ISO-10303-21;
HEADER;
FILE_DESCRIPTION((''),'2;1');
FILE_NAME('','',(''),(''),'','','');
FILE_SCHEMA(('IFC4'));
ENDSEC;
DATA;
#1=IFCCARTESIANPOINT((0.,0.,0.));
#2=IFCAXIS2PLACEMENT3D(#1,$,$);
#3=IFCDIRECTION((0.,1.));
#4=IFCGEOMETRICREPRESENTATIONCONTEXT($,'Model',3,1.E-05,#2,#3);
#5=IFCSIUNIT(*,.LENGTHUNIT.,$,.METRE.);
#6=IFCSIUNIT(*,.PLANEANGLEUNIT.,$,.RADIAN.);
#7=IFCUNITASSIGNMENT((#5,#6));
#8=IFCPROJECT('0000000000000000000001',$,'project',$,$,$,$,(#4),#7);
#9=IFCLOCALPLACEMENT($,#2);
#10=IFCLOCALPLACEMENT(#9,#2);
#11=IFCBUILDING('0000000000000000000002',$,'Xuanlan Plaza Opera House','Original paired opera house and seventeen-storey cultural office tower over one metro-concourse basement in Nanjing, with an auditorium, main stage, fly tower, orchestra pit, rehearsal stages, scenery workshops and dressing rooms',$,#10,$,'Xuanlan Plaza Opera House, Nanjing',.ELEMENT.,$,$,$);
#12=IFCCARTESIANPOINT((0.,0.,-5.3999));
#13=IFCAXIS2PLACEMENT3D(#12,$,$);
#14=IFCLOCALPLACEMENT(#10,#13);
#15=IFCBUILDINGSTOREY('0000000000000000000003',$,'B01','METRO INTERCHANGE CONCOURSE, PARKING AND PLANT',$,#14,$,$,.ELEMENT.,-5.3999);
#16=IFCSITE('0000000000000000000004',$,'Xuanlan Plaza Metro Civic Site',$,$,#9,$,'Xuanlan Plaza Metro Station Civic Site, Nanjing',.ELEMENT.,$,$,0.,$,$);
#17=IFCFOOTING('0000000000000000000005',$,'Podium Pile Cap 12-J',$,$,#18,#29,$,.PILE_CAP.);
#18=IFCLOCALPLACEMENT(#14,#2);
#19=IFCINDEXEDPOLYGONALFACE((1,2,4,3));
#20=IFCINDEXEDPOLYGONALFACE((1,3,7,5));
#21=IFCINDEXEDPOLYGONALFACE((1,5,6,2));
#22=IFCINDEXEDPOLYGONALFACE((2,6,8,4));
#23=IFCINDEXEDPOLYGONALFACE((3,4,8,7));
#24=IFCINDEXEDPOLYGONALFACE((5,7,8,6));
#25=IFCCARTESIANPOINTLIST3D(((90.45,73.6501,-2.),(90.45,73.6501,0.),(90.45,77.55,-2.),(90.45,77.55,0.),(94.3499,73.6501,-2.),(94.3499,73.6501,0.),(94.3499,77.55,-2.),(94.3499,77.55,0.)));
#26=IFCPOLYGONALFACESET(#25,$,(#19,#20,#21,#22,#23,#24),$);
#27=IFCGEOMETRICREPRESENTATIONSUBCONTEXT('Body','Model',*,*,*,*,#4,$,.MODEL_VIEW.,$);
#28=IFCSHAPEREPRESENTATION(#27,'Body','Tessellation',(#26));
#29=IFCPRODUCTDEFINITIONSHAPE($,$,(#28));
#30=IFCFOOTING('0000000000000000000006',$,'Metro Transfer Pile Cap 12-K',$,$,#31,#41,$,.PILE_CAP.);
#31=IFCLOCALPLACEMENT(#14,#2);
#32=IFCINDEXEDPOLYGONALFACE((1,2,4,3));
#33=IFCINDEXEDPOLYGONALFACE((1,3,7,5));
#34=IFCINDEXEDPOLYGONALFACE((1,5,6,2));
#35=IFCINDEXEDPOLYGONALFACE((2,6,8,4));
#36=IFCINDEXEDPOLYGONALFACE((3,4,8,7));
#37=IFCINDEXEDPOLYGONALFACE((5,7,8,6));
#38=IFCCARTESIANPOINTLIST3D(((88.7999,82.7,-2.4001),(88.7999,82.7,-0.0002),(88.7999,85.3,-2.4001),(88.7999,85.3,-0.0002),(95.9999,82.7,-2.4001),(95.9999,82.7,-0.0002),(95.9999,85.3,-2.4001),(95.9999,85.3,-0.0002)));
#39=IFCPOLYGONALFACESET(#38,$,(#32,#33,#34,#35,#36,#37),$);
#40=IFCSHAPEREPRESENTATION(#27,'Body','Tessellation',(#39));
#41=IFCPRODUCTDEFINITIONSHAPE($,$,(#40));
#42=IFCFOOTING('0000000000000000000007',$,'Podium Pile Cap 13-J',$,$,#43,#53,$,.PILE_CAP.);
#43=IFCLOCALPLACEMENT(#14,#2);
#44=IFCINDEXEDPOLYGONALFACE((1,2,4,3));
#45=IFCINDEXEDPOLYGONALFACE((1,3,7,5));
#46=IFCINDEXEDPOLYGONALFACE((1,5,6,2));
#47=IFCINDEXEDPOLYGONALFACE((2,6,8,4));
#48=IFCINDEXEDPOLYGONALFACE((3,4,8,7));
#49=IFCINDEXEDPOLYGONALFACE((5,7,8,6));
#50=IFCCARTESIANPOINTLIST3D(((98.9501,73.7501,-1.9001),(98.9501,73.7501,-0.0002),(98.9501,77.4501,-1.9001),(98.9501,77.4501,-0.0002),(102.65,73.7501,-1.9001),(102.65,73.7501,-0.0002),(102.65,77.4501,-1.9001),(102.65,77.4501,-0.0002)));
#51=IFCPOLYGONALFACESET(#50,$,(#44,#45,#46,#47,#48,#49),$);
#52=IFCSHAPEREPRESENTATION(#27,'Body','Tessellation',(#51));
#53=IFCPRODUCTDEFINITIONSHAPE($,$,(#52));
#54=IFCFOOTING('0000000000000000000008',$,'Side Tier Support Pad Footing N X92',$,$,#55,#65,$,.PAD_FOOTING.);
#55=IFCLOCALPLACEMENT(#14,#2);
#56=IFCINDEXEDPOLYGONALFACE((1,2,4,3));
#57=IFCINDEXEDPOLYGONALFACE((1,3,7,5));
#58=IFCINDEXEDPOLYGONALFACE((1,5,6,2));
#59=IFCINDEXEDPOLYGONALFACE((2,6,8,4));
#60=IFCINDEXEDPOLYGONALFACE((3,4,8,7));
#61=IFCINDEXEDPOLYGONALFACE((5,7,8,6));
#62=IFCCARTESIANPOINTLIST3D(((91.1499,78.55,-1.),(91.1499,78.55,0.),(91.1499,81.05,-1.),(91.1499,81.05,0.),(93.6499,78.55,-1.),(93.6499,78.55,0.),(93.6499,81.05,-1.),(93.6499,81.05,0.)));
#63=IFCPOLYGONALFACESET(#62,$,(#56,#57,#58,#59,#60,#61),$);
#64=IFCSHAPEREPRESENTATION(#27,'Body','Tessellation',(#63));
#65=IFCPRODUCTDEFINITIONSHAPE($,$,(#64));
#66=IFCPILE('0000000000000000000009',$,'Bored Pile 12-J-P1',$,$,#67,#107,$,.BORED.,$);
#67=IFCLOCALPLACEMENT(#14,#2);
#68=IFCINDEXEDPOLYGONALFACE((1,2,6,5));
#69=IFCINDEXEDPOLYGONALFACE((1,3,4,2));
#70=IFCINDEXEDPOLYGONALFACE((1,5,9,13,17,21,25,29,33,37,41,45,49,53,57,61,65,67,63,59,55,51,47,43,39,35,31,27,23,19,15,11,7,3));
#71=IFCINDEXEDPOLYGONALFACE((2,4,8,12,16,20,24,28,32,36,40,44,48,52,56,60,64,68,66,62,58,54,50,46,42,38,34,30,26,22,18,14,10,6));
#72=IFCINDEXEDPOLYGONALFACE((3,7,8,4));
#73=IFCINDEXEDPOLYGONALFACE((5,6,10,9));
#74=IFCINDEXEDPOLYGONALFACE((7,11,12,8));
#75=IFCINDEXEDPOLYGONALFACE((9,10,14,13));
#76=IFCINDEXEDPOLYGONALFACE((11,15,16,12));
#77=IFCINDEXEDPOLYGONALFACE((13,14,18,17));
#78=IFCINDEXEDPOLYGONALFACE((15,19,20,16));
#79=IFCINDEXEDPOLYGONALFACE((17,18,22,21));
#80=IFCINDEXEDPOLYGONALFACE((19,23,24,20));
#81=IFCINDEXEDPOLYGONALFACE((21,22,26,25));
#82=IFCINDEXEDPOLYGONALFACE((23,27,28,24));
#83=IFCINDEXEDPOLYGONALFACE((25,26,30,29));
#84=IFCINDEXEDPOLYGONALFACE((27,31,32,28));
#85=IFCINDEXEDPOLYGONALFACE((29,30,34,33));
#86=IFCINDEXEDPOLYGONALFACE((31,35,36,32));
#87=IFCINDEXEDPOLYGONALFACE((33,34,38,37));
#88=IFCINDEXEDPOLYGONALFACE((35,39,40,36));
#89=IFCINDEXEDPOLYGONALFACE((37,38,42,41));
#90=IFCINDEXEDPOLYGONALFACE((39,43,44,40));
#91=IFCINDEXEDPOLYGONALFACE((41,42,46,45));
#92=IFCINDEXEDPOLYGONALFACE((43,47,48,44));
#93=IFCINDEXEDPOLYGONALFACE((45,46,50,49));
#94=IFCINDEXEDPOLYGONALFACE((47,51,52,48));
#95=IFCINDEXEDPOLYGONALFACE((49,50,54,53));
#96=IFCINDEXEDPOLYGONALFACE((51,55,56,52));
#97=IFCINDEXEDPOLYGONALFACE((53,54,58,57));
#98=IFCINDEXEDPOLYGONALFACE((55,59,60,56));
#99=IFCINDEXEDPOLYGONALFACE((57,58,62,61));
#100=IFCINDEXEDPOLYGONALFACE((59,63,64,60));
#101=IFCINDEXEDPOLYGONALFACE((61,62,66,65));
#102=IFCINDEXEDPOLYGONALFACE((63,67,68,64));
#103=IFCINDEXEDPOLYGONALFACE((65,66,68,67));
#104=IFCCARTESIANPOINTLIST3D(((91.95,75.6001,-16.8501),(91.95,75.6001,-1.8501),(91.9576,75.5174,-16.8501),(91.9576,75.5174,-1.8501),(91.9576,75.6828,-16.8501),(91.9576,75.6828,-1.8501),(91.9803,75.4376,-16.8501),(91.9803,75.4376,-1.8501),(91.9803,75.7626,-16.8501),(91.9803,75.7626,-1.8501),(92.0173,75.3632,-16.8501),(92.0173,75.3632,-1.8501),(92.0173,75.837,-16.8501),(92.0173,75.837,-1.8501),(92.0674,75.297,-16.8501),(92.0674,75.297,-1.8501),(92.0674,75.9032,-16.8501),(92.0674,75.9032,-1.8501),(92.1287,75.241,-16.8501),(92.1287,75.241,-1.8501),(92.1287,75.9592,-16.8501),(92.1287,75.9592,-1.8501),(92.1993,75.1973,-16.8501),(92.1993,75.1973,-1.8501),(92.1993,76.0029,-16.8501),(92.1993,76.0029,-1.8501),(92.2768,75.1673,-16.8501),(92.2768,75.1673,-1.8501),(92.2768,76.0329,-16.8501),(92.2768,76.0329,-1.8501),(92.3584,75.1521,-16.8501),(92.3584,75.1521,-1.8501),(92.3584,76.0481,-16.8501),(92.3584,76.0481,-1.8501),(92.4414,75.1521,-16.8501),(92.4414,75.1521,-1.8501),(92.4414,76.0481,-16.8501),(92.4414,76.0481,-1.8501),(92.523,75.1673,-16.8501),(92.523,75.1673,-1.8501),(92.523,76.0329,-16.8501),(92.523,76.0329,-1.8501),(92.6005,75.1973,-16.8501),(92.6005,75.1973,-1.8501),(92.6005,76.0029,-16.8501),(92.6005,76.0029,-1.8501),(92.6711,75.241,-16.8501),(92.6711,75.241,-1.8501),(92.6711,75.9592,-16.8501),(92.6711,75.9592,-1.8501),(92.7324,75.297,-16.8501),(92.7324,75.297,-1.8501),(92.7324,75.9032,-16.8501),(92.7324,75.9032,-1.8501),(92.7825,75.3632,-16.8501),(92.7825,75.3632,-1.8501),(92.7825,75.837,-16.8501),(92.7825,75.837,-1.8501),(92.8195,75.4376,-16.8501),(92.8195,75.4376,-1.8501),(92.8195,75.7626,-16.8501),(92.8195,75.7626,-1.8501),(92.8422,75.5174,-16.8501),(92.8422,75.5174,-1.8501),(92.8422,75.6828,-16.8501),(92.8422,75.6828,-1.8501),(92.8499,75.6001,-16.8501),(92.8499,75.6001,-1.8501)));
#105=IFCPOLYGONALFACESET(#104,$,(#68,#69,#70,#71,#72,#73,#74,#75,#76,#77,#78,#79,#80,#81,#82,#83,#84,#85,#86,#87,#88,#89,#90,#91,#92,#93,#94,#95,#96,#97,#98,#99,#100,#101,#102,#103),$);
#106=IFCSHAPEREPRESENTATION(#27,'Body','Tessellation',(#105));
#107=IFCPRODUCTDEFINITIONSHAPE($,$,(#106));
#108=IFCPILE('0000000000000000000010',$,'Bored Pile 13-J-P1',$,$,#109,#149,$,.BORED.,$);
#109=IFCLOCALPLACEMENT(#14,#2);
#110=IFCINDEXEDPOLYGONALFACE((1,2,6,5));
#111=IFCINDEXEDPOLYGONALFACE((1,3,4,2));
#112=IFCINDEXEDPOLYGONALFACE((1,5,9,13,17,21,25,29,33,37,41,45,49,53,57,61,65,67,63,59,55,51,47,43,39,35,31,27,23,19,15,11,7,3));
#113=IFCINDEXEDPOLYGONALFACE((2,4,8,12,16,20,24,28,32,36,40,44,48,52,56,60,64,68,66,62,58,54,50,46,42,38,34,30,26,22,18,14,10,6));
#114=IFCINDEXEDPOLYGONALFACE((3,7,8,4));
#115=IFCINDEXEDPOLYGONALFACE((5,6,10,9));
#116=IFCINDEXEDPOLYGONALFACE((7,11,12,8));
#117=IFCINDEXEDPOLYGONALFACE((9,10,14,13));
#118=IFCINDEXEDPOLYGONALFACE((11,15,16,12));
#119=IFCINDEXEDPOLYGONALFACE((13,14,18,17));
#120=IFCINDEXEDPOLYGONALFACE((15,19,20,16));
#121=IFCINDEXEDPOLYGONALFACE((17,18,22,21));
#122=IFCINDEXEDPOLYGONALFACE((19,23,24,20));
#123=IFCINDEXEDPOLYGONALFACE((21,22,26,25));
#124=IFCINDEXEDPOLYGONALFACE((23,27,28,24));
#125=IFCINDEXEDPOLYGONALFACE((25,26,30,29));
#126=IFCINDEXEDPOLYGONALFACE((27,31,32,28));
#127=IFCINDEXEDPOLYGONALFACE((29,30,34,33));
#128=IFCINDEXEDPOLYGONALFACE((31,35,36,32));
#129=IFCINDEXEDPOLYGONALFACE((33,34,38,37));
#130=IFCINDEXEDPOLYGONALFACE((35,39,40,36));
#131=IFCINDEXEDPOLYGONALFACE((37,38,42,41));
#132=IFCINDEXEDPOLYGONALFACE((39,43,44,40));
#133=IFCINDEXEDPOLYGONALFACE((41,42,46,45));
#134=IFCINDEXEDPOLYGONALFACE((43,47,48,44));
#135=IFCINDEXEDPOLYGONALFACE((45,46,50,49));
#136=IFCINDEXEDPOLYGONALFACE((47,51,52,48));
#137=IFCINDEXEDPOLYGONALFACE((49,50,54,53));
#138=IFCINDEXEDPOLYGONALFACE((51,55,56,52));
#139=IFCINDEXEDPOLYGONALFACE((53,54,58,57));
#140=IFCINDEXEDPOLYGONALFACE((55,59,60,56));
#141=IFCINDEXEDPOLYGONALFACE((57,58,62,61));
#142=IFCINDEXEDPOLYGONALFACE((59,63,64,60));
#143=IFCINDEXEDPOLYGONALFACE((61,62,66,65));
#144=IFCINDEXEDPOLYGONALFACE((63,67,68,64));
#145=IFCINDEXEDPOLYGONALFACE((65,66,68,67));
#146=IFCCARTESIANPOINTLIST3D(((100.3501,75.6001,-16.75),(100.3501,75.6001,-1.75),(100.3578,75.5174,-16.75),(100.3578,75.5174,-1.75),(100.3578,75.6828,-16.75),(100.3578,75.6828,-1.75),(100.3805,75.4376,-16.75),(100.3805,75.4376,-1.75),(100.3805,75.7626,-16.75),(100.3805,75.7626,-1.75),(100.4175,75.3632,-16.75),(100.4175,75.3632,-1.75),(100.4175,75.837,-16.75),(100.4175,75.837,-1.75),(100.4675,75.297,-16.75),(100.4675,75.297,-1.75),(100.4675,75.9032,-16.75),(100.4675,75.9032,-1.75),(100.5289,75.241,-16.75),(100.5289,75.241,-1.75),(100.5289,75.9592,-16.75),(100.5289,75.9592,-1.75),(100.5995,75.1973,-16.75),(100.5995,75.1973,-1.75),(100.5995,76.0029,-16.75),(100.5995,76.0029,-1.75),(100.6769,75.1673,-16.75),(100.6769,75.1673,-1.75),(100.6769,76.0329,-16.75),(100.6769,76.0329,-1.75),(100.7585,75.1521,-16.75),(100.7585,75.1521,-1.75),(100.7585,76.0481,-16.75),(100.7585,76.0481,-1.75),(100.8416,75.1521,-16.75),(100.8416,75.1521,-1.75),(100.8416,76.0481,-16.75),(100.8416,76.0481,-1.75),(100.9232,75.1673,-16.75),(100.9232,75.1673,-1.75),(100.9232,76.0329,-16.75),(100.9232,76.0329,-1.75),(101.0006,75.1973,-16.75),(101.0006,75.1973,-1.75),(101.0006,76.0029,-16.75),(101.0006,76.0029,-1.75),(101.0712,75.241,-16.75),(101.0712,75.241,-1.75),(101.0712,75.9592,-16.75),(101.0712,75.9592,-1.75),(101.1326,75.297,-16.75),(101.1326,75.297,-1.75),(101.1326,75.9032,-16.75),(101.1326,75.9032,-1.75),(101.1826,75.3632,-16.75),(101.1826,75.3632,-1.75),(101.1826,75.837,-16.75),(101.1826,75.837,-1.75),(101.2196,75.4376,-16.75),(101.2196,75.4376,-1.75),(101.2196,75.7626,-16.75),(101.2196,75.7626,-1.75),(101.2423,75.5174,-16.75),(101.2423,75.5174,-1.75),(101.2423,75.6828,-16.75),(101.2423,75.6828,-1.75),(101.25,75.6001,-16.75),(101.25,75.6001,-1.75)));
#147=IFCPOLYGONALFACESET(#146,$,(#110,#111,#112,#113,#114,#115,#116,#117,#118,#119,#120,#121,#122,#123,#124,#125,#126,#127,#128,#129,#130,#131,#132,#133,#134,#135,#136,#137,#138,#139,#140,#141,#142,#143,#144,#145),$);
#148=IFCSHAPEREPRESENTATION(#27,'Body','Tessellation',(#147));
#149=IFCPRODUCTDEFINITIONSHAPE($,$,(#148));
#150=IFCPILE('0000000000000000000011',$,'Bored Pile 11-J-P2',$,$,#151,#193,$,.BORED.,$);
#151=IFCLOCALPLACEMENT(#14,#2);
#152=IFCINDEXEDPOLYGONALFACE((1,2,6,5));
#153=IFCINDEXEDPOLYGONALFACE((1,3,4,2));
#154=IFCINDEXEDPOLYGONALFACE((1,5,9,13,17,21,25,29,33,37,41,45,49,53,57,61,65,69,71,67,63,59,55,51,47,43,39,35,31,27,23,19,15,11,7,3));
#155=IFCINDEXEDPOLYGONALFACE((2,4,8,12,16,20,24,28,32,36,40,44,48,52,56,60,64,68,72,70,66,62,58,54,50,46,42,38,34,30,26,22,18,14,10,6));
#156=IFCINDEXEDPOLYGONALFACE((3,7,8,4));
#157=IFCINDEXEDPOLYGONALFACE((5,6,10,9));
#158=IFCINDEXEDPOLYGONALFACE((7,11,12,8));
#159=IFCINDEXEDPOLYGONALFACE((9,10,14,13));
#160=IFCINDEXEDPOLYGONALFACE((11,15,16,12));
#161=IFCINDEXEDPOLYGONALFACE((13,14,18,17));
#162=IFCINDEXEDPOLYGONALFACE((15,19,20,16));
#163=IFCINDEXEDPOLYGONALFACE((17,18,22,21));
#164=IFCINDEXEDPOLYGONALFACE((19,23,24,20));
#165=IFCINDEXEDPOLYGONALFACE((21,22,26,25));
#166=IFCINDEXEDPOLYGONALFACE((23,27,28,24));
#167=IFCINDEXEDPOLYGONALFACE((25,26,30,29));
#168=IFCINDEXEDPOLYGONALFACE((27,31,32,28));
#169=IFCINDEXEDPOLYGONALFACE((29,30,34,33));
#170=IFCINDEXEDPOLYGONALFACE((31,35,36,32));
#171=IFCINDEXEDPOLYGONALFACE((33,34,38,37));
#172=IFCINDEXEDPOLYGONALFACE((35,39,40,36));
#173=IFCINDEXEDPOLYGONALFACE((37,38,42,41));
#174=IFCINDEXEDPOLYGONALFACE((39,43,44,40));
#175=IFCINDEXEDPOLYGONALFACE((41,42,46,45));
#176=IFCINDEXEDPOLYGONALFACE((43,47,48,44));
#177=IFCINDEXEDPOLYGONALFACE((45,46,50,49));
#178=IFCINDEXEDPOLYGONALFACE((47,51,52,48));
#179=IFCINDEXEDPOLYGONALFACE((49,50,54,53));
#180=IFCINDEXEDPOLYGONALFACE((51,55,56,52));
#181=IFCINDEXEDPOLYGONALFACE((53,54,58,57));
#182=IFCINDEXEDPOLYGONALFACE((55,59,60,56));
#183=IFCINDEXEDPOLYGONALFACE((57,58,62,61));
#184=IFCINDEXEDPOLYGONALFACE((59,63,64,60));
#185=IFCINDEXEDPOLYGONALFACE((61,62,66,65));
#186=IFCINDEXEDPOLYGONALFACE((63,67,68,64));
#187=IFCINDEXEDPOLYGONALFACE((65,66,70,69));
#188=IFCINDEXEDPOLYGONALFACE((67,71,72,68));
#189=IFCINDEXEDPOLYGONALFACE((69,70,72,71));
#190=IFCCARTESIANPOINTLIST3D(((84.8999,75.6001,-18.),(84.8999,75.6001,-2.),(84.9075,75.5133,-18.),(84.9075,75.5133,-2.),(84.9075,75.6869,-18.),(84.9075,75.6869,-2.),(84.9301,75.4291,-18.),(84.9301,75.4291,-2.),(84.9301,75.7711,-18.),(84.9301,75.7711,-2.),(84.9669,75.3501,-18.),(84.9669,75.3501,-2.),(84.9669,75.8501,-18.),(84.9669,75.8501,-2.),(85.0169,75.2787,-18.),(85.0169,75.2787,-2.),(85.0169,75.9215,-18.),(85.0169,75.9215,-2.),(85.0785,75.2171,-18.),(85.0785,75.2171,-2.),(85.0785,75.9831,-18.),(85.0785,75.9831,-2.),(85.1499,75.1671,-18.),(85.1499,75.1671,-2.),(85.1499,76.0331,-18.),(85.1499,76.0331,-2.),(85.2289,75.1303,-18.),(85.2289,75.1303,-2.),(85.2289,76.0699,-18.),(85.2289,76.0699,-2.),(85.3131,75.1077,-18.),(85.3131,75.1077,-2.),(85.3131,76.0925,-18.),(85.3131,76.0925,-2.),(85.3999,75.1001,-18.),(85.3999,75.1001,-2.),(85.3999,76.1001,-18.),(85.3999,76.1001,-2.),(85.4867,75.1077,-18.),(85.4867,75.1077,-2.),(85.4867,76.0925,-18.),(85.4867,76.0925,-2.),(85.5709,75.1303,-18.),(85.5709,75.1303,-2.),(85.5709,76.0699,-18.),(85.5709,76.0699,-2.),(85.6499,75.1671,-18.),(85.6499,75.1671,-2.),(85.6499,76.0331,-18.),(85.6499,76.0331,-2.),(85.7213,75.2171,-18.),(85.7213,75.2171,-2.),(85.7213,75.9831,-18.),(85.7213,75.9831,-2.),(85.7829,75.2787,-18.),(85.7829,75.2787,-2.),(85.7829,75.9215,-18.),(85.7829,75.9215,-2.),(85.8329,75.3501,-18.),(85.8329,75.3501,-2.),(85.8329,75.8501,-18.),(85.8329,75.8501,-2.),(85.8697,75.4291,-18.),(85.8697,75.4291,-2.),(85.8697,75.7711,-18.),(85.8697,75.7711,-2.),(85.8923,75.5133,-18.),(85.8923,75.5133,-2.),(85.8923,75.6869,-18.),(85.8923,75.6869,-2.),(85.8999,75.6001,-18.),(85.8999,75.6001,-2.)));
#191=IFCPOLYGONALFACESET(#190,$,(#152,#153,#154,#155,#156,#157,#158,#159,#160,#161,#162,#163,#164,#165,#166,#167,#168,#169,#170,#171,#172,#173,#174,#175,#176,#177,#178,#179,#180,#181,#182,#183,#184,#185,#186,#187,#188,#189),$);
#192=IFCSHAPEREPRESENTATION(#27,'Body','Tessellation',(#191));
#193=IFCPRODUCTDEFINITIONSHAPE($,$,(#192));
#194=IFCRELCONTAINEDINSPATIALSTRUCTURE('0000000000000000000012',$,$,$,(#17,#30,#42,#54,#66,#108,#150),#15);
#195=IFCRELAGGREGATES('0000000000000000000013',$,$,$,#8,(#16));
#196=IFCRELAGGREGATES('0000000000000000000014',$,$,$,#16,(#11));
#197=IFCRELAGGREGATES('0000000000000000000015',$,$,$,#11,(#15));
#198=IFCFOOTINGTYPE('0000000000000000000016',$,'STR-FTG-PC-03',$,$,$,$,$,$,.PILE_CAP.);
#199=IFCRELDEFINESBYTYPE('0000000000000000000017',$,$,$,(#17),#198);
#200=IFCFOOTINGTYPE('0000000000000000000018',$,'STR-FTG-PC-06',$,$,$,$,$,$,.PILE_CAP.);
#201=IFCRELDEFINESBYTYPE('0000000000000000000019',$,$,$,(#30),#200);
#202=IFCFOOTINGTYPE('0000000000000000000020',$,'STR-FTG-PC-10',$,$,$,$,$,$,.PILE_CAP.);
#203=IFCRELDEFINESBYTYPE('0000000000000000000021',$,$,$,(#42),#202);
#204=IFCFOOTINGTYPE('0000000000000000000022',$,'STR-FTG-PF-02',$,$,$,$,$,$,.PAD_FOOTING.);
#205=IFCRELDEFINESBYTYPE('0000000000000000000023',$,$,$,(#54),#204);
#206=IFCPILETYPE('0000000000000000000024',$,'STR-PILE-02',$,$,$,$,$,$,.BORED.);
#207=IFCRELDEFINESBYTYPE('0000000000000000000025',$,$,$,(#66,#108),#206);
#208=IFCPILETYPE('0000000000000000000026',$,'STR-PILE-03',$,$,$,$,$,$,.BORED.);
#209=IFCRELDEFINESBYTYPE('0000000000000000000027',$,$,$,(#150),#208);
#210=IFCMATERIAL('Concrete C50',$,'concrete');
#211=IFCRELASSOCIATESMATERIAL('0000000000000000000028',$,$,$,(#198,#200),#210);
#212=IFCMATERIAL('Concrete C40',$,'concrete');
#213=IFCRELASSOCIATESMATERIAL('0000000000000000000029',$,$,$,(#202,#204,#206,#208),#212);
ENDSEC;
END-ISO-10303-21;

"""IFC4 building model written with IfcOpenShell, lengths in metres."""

from ifc_helpers import new_model, si_unit, direction, frame, origin, origin_2d, place, context, subcontext, project, spatial, rectangle, circle, extrude, material, material_profile, profile_set, type_object, element, save


model = new_model("IFC4")

# Units and contexts
model_context = context("Model", 3, precision=1e-05, world=origin(), true_north=direction((0.0, 1.0)))
body_context = subcontext(model_context, "Body", "Model", "MODEL_VIEW")
ifc_project = project(units=[si_unit("LENGTHUNIT", "METRE"), si_unit("PLANEANGLEUNIT", "RADIAN")], contexts=[model_context])

# Site, building, storey
site_placement = place(None, origin())
site = spatial("IfcSite", under=ifc_project, at=site_placement, Name="Xuanlan Plaza Metro Civic Site", LongName="Xuanlan Plaza Metro Station Civic Site, Nanjing", CompositionType="ELEMENT", RefElevation=0.0)
building_placement = place(site_placement, origin())
building = spatial("IfcBuilding", under=site, at=building_placement, Name="Xuanlan Plaza Opera House", Description="Original paired opera house and seventeen-storey cultural office tower over one metro-concourse basement in Nanjing, with an auditorium, main stage, fly tower, orchestra pit, rehearsal stages, scenery workshops and dressing rooms", LongName="Xuanlan Plaza Opera House, Nanjing", CompositionType="ELEMENT")
storey_placement = place(building_placement, frame((0.0, 0.0, -5.3999)))
storey = spatial("IfcBuildingStorey", under=building, at=storey_placement, Name="B01", Description="METRO INTERCHANGE CONCOURSE, PARKING AND PLANT", CompositionType="ELEMENT", Elevation=-5.3999)

# Footings
ifc_material_1 = material(Name="Concrete C50", Category="concrete")
footing_type_1 = type_object("IfcFootingType", Name="STR-FTG-PC-03", PredefinedType="PILE_CAP", material=ifc_material_1)
footing_1_placement = place(storey_placement, frame((92.3999, 75.6001, -2.0), z_axis=(0.0, 0.0, 1.0), x_axis=(1.0, 0.0, 0.0)))
element("IfcFooting", 1, at=footing_1_placement, inside=storey, type_object=footing_type_1, Name="Podium Pile Cap 12-J", PredefinedType="PILE_CAP", context=body_context, shape_type="SweptSolid", body=[
    extrude(rectangle(XDim=3.8999, YDim=3.8999, at=origin_2d()), origin(), (0.0, 0.0, 1.0), 2.0),
])
footing_type_2 = type_object("IfcFootingType", Name="STR-FTG-PC-06", PredefinedType="PILE_CAP", material=ifc_material_1)
footing_2_placement = place(storey_placement, frame((92.3999, 84.0, -2.4001), z_axis=(0.0, 0.0, 1.0), x_axis=(1.0, 0.0, 0.0)))
element("IfcFooting", 2, at=footing_2_placement, inside=storey, type_object=footing_type_2, Name="Metro Transfer Pile Cap 12-K", PredefinedType="PILE_CAP", context=body_context, shape_type="SweptSolid", body=[
    extrude(rectangle(XDim=7.2, YDim=2.6001, at=origin_2d()), origin(), (0.0, 0.0, 1.0), 2.3999),
])
ifc_material_2 = material(Name="Concrete C40", Category="concrete")
footing_type_3 = type_object("IfcFootingType", Name="STR-FTG-PC-10", PredefinedType="PILE_CAP", material=ifc_material_2)
footing_3_placement = place(storey_placement, frame((100.8, 75.6001, -1.9001), z_axis=(0.0, 0.0, 1.0), x_axis=(1.0, 0.0, 0.0)))
element("IfcFooting", 3, at=footing_3_placement, inside=storey, type_object=footing_type_3, Name="Podium Pile Cap 13-J", PredefinedType="PILE_CAP", context=body_context, shape_type="SweptSolid", body=[
    extrude(rectangle(XDim=3.7, YDim=3.7, at=origin_2d()), origin(), (0.0, 0.0, 1.0), 1.8999),
])
footing_type_4 = type_object("IfcFootingType", Name="STR-FTG-PF-02", PredefinedType="PAD_FOOTING", material=ifc_material_2)
footing_4_placement = place(storey_placement, frame((92.3999, 79.8, -1.0), z_axis=(0.0, 0.0, 1.0), x_axis=(1.0, 0.0, 0.0)))
element("IfcFooting", 4, at=footing_4_placement, inside=storey, type_object=footing_type_4, Name="Side Tier Support Pad Footing N X92", PredefinedType="PAD_FOOTING", context=body_context, shape_type="SweptSolid", body=[
    extrude(rectangle(XDim=2.5, YDim=2.5, at=origin_2d()), origin(), (0.0, 0.0, 1.0), 1.0),
])

# Piles
ifc_material_profile_1 = material_profile(ifc_material_2, circle(Radius=0.45, at=origin_2d()), Name="PILE D900")
ifc_profile_set_1 = profile_set([ifc_material_profile_1], Name="Concrete C40")
pile_type_1 = type_object("IfcPileType", Name="STR-PILE-02", PredefinedType="BORED", material=ifc_profile_set_1)
for number, where, z_axis, x_axis, name in (
    (5, (92.3999, 75.6001, -1.8501), (0.0, 0.0, -1.0), (1.0, 0.0, 0.0), "Bored Pile 12-J-P1"),
    (6, (100.8, 75.6001, -1.75), (0.0, 0.0, -1.0), (1.0, 0.0, 0.0), "Bored Pile 13-J-P1"),
):
    element("IfcPile", number, at=place(storey_placement, frame(where, z_axis=z_axis, x_axis=x_axis)), inside=storey, type_object=pile_type_1, Name=name, PredefinedType="BORED", context=body_context, shape_type="SweptSolid", body=[
        extrude(circle(Radius=0.45, at=origin_2d()), origin(), (0.0, 0.0, 1.0), 15.0),
    ])
ifc_material_profile_2 = material_profile(ifc_material_2, circle(Radius=0.5, at=origin_2d()), Name="PILE D1000")
ifc_profile_set_2 = profile_set([ifc_material_profile_2], Name="Concrete C40")
pile_type_2 = type_object("IfcPileType", Name="STR-PILE-03", PredefinedType="BORED", material=ifc_profile_set_2)
pile_placement = place(storey_placement, frame((85.3999, 75.6001, -2.0), z_axis=(0.0, 0.0, -1.0), x_axis=(1.0, 0.0, 0.0)))
element("IfcPile", 7, at=pile_placement, inside=storey, type_object=pile_type_2, Name="Bored Pile 11-J-P2", PredefinedType="BORED", context=body_context, shape_type="SweptSolid", body=[
    extrude(circle(Radius=0.5, at=origin_2d()), origin(), (0.0, 0.0, 1.0), 16.0),
])

save(model, "model.ifc")
